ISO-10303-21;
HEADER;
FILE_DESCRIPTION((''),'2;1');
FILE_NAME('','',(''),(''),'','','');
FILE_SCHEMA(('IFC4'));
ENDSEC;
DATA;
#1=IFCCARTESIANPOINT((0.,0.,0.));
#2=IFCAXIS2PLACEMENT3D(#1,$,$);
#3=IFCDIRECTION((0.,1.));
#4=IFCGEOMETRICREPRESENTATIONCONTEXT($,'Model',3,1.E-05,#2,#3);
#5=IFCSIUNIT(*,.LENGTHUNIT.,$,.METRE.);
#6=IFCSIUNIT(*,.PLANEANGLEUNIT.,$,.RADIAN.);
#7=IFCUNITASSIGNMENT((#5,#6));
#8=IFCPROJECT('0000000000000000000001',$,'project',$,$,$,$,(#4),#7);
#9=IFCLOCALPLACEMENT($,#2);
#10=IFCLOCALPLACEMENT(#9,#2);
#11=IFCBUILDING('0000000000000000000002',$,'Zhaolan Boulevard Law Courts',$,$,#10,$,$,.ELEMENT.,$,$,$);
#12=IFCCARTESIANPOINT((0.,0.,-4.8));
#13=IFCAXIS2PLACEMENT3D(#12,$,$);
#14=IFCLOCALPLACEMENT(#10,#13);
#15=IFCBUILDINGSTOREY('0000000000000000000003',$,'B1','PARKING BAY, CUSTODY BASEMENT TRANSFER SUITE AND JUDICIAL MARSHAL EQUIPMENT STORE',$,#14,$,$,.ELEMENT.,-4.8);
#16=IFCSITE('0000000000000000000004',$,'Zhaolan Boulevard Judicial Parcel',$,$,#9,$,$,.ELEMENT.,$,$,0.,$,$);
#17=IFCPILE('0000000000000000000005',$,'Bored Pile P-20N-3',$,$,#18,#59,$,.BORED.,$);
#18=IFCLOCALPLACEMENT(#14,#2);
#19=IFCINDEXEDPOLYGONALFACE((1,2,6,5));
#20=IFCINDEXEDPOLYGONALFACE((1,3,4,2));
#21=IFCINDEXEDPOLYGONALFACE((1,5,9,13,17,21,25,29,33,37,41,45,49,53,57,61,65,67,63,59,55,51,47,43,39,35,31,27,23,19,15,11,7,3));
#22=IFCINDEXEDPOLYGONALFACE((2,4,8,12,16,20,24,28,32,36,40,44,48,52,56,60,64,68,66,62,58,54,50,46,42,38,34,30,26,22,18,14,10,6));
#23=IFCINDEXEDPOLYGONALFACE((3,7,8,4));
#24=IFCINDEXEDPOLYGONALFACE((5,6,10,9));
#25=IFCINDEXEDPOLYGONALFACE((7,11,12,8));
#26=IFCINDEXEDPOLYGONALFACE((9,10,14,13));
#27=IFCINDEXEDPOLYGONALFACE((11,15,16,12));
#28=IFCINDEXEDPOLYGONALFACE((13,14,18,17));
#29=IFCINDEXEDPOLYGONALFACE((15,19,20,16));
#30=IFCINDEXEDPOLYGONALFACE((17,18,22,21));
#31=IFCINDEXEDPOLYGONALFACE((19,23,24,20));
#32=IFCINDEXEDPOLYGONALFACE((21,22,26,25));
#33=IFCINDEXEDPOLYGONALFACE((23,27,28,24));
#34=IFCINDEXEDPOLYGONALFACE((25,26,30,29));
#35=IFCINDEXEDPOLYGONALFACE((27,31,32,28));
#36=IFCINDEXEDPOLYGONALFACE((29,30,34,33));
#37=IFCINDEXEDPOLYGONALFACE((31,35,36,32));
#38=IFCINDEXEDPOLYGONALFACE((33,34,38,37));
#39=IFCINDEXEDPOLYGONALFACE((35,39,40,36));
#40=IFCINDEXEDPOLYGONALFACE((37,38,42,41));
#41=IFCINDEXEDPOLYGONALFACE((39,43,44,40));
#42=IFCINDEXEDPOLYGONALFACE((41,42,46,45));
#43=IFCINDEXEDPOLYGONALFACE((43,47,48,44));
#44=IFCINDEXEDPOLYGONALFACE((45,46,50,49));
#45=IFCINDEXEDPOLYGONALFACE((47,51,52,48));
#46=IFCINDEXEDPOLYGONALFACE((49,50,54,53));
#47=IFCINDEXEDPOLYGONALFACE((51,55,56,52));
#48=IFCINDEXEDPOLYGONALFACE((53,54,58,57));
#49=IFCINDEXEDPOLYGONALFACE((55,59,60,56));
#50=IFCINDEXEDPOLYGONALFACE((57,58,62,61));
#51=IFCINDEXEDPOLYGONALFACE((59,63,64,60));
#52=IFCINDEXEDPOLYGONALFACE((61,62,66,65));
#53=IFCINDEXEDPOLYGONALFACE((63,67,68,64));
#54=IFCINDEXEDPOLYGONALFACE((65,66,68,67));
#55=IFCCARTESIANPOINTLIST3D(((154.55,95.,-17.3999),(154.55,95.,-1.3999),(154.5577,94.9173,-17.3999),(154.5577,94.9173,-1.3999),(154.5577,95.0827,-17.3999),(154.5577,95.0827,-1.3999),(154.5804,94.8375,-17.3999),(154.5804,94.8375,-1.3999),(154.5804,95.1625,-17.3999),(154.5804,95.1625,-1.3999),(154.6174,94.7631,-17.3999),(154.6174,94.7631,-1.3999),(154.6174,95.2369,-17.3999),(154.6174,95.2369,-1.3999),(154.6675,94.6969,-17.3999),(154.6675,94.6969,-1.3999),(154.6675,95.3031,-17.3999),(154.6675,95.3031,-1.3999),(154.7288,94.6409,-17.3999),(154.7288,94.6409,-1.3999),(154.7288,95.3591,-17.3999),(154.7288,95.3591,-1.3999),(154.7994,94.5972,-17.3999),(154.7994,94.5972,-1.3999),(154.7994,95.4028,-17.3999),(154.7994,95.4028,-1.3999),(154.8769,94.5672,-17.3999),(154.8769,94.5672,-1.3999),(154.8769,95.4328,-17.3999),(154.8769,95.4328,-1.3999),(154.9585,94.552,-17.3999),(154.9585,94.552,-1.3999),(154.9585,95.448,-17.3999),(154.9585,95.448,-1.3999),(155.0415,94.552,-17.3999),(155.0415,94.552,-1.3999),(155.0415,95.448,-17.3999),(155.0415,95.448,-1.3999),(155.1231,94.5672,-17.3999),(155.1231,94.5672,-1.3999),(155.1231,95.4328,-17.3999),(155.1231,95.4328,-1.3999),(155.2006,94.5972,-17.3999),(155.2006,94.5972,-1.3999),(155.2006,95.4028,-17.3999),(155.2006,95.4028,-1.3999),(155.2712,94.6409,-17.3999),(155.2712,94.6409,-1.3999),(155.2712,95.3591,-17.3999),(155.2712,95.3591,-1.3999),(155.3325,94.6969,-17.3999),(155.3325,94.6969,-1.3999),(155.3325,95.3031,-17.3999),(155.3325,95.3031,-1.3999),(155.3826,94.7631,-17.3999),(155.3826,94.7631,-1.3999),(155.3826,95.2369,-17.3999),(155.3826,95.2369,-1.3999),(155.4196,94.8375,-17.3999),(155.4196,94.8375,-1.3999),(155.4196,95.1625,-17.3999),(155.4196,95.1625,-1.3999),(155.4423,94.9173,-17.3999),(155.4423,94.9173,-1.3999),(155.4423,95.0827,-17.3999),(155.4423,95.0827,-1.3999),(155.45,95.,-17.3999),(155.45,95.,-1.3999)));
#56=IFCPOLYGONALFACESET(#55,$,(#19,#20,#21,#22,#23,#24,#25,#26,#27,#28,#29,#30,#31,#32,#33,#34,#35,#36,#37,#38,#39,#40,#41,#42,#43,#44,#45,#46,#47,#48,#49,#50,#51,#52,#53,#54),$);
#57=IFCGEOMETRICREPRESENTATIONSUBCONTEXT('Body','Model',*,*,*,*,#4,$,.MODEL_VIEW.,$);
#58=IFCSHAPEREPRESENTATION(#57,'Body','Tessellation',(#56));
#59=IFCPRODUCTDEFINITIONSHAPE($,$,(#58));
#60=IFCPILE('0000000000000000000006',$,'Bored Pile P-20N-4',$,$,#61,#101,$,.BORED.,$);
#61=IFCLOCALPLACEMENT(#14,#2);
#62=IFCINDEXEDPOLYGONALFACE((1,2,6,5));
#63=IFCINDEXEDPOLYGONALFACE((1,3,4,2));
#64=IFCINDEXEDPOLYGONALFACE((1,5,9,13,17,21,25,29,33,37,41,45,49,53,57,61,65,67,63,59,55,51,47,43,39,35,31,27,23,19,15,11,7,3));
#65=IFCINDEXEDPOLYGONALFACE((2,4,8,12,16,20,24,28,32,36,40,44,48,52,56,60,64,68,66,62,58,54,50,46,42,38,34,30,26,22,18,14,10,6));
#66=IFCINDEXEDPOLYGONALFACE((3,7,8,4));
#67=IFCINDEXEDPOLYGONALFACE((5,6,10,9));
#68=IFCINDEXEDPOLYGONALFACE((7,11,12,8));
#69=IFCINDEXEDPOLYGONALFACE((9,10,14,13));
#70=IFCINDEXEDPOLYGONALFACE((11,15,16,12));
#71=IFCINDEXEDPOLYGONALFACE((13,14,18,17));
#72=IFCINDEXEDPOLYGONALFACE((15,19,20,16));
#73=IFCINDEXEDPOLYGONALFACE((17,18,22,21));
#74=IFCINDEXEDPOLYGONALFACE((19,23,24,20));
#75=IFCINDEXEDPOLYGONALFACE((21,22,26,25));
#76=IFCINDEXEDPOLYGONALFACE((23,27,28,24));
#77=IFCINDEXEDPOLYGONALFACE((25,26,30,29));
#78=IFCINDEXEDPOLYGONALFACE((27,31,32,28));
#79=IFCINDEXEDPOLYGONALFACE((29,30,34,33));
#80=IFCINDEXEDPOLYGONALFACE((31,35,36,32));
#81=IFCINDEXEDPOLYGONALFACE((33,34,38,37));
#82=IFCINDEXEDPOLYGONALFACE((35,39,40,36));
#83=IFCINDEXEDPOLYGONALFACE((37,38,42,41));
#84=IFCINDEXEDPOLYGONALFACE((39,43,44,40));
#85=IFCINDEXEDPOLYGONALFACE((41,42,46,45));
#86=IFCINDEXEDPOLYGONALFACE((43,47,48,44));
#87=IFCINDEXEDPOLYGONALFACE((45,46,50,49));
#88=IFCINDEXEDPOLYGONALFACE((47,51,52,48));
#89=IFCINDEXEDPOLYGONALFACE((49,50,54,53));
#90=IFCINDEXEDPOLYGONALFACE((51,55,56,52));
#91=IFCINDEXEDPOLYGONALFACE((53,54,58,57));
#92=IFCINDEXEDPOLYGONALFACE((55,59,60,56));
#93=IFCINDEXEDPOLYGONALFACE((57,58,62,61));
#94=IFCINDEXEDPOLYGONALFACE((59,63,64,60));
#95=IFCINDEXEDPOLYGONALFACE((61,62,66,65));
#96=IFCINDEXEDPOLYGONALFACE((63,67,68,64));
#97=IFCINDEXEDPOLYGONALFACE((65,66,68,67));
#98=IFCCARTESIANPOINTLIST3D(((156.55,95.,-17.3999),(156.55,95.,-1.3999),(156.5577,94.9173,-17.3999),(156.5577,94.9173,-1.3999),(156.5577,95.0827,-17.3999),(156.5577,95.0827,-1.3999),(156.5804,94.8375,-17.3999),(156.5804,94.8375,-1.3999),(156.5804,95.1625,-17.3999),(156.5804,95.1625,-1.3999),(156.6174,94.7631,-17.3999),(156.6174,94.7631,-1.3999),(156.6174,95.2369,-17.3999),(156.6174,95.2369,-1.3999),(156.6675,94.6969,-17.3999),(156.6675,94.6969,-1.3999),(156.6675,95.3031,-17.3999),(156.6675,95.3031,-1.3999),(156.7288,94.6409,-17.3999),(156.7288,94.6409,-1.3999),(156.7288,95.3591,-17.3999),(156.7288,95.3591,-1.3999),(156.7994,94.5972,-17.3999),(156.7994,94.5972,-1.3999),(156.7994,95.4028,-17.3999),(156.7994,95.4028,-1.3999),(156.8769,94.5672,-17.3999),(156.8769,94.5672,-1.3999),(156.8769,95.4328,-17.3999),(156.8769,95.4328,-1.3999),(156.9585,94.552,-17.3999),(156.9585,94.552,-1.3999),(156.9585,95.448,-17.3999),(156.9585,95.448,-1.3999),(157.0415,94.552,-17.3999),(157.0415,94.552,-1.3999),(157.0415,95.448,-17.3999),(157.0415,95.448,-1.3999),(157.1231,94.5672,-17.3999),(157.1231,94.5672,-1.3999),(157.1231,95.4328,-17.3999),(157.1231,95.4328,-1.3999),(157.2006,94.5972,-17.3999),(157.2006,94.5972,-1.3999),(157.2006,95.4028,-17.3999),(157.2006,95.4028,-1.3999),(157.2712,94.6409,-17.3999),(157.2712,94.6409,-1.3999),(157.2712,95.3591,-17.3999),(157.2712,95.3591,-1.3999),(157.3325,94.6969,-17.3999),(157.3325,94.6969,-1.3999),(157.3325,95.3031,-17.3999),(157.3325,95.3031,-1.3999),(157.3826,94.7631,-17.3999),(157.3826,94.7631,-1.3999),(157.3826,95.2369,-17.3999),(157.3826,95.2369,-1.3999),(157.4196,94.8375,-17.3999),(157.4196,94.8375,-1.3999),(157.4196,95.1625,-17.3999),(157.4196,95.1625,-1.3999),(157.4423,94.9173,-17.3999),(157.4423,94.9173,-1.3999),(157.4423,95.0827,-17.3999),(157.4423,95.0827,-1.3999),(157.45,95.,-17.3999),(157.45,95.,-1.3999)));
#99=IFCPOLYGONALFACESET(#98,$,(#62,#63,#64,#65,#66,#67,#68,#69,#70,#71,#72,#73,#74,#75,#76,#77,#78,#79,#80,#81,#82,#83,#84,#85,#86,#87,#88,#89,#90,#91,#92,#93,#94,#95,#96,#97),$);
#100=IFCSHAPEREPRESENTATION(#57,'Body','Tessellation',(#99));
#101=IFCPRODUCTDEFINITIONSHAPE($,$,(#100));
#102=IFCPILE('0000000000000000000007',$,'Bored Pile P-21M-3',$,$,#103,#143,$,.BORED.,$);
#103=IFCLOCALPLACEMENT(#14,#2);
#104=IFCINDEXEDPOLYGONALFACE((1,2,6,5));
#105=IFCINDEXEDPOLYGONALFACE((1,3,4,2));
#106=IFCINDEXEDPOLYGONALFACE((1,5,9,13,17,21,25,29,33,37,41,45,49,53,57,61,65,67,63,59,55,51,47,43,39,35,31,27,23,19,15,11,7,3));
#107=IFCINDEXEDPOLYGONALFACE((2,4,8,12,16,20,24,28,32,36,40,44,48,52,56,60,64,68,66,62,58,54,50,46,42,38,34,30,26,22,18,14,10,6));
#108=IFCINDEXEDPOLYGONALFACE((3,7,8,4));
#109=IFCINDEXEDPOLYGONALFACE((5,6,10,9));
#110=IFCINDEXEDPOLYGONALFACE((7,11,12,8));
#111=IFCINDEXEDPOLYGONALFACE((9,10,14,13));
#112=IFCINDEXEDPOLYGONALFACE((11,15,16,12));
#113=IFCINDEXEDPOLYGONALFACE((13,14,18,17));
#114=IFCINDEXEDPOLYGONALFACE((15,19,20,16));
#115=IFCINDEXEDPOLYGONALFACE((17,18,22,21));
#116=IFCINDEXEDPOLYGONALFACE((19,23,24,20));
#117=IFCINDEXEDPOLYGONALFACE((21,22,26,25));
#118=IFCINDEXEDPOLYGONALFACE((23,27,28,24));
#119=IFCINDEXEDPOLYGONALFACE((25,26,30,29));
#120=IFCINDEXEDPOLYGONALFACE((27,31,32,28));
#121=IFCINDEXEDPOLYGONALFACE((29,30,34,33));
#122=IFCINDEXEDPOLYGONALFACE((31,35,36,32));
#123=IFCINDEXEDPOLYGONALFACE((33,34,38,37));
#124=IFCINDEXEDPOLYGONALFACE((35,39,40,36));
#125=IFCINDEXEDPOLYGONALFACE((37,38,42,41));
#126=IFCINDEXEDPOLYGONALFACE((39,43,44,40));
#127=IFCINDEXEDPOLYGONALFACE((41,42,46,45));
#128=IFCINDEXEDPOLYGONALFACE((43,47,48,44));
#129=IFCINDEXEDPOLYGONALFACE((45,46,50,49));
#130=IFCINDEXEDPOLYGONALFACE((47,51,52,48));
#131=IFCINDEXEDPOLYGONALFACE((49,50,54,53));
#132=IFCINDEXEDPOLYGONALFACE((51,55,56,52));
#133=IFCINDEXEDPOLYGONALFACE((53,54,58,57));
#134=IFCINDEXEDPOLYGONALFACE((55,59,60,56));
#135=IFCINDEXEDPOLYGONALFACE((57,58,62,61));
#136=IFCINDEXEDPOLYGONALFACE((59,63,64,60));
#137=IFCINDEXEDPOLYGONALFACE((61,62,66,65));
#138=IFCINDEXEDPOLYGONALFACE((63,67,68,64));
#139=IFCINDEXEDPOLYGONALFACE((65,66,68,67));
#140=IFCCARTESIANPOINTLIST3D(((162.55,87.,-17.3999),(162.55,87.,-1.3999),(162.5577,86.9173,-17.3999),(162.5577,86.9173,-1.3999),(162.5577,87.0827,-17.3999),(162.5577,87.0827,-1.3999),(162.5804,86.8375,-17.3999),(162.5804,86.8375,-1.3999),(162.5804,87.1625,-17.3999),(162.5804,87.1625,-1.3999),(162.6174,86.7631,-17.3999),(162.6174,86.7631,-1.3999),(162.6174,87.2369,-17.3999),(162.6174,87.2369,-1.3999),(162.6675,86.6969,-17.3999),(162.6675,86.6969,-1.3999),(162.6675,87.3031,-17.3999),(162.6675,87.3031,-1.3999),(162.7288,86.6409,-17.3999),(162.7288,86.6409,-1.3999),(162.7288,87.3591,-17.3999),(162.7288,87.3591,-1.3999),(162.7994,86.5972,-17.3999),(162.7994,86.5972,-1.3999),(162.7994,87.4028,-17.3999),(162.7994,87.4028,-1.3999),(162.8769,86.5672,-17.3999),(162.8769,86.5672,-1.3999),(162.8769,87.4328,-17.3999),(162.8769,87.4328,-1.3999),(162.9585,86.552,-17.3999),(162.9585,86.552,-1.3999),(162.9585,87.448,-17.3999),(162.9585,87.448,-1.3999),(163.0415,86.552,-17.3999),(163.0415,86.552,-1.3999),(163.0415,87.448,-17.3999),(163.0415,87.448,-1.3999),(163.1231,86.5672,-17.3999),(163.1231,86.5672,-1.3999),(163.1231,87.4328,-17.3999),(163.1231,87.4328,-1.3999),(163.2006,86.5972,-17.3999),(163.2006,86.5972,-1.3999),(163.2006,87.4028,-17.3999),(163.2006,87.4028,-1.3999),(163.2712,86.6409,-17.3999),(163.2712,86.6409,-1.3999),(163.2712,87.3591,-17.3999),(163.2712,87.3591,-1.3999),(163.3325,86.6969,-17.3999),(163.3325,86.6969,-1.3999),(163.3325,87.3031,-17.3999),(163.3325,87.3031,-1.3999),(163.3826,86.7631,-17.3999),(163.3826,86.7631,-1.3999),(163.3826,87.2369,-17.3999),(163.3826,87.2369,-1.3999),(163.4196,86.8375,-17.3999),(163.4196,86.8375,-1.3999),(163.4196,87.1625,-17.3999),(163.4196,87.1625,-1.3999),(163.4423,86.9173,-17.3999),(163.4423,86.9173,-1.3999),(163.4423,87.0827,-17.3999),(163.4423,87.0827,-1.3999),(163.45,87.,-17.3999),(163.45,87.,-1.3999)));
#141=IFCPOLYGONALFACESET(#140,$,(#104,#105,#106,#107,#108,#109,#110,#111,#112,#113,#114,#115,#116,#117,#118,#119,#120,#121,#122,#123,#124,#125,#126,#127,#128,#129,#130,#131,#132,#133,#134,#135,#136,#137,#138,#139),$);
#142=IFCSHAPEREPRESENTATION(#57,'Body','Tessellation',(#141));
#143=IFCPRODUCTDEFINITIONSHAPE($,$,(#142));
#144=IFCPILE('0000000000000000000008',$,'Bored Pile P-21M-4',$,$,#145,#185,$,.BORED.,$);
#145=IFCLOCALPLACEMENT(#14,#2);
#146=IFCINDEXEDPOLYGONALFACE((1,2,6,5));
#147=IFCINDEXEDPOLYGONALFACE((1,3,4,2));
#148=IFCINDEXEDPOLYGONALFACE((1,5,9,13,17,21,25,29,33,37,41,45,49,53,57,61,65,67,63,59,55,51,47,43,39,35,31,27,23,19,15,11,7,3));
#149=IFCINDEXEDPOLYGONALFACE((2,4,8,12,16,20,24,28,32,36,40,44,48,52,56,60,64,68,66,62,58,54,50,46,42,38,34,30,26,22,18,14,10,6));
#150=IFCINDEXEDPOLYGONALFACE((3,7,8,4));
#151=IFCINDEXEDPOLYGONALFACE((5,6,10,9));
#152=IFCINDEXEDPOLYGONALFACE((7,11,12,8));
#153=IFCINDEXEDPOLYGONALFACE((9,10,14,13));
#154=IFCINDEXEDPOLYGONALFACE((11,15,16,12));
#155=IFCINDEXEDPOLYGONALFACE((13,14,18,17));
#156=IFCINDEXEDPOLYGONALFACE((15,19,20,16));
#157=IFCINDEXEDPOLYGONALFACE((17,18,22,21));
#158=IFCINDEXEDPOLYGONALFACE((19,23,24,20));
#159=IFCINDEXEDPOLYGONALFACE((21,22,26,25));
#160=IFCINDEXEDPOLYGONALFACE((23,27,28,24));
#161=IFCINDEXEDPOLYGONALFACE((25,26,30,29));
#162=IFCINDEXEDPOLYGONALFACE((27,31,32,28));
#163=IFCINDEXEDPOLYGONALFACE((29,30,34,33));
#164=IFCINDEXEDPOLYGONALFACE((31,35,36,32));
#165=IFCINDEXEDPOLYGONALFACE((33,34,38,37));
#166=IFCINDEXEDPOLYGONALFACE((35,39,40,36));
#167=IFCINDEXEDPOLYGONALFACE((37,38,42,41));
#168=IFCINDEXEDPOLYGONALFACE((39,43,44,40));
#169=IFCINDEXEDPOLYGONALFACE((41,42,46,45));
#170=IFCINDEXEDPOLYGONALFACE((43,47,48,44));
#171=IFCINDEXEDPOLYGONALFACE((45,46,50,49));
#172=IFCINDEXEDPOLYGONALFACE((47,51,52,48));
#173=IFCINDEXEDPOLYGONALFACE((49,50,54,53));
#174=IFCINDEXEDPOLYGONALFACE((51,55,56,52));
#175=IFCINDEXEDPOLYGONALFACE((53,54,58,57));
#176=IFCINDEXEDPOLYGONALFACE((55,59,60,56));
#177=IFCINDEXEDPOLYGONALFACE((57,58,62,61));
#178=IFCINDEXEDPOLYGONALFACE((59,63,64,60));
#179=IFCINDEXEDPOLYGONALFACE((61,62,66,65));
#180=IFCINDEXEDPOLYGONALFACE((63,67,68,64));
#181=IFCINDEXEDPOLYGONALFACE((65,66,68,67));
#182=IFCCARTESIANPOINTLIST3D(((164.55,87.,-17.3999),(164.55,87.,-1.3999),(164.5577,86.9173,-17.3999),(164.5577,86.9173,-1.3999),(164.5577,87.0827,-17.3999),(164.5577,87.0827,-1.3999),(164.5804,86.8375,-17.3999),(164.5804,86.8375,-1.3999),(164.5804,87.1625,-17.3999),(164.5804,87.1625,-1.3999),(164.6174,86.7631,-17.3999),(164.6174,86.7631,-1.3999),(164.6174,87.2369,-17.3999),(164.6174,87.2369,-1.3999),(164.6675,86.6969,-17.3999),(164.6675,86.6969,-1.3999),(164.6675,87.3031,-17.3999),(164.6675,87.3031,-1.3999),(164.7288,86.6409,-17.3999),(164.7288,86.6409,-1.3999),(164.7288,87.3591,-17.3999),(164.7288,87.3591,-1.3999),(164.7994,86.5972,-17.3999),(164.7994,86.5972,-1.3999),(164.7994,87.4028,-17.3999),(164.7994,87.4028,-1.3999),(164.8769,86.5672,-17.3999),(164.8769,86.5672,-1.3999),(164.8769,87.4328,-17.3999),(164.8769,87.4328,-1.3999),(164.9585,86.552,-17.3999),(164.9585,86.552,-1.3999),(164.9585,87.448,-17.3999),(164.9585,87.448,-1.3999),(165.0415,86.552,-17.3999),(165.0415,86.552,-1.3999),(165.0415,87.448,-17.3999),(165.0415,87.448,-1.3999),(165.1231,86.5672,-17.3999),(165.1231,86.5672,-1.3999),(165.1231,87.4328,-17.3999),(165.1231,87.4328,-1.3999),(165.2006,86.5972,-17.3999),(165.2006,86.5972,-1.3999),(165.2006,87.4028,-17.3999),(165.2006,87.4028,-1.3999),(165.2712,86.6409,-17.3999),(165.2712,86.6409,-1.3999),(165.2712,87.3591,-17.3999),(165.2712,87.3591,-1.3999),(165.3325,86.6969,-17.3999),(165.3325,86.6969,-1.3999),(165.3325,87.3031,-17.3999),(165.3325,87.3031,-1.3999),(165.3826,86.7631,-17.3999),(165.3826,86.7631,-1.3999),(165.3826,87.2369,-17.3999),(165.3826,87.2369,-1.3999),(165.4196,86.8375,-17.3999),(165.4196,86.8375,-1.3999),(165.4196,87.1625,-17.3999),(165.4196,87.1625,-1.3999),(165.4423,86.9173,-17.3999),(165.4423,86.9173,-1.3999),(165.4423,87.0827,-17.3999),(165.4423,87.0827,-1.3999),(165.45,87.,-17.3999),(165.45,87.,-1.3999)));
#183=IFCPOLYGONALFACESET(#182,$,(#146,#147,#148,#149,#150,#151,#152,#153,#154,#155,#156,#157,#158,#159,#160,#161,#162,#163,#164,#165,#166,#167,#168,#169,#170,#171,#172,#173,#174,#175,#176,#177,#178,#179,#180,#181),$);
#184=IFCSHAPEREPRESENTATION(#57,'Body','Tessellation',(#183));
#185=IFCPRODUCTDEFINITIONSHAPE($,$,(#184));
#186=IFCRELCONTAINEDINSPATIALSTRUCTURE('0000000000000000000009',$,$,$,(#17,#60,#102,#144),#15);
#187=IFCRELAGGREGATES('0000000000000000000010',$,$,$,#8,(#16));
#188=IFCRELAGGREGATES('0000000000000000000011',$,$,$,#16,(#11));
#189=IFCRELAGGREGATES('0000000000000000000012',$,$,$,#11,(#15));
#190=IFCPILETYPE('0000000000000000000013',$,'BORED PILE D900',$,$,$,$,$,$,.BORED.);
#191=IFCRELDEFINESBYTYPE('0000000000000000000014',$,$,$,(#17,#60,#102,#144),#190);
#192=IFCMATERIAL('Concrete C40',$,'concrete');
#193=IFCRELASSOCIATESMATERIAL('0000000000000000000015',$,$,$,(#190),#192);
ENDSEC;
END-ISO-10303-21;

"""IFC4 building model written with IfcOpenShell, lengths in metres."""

from ifc_helpers import new_model, si_unit, direction, frame, origin, origin_2d, place, context, subcontext, project, spatial, circle, extrude, material, material_profile, profile_set, type_object, element, save


model = new_model("IFC4")

# Units and contexts
model_context = context("Model", 3, precision=1e-05, world=origin(), true_north=direction((0.0, 1.0)))
body_context = subcontext(model_context, "Body", "Model", "MODEL_VIEW")
ifc_project = project(units=[si_unit("LENGTHUNIT", "METRE"), si_unit("PLANEANGLEUNIT", "RADIAN")], contexts=[model_context])

# Site, building, storey
site_placement = place(None, origin())
site = spatial("IfcSite", under=ifc_project, at=site_placement, Name="Zhaolan Boulevard Judicial Parcel", CompositionType="ELEMENT", RefElevation=0.0)
building_placement = place(site_placement, origin())
building = spatial("IfcBuilding", under=site, at=building_placement, Name="Zhaolan Boulevard Law Courts", CompositionType="ELEMENT")
storey_placement = place(building_placement, frame((0.0, 0.0, -4.8)))
storey = spatial("IfcBuildingStorey", under=building, at=storey_placement, Name="B1", Description="PARKING BAY, CUSTODY BASEMENT TRANSFER SUITE AND JUDICIAL MARSHAL EQUIPMENT STORE", CompositionType="ELEMENT", Elevation=-4.8)

# Piles
ifc_material_1 = material(Name="Concrete C40", Category="concrete")
ifc_material_profile_1 = material_profile(ifc_material_1, circle(Radius=0.45, at=origin_2d()), Name="PILE-D900")
ifc_profile_set_1 = profile_set([ifc_material_profile_1], Name="Concrete C40")
pile_type = type_object("IfcPileType", Name="BORED PILE D900", PredefinedType="BORED", material=ifc_profile_set_1)
for number, where, z_axis, x_axis, name in (
    (1, (155.0, 95.0, -1.3999), (0.0, 0.0, -1.0), (1.0, 0.0, 0.0), "Bored Pile P-20N-3"),
    (2, (157.0, 95.0, -1.3999), (0.0, 0.0, -1.0), (1.0, 0.0, 0.0), "Bored Pile P-20N-4"),
    (3, (163.0, 87.0, -1.3999), (0.0, 0.0, -1.0), (1.0, 0.0, 0.0), "Bored Pile P-21M-3"),
    (4, (165.0, 87.0, -1.3999), (0.0, 0.0, -1.0), (1.0, 0.0, 0.0), "Bored Pile P-21M-4"),
):
    element("IfcPile", number, at=place(storey_placement, frame(where, z_axis=z_axis, x_axis=x_axis)), inside=storey, type_object=pile_type, Name=name, PredefinedType="BORED", context=body_context, shape_type="SweptSolid", body=[
        extrude(circle(Radius=0.45, at=origin_2d()), origin(), (0.0, 0.0, 1.0), 16.0),
    ])

save(model, "model.ifc")
